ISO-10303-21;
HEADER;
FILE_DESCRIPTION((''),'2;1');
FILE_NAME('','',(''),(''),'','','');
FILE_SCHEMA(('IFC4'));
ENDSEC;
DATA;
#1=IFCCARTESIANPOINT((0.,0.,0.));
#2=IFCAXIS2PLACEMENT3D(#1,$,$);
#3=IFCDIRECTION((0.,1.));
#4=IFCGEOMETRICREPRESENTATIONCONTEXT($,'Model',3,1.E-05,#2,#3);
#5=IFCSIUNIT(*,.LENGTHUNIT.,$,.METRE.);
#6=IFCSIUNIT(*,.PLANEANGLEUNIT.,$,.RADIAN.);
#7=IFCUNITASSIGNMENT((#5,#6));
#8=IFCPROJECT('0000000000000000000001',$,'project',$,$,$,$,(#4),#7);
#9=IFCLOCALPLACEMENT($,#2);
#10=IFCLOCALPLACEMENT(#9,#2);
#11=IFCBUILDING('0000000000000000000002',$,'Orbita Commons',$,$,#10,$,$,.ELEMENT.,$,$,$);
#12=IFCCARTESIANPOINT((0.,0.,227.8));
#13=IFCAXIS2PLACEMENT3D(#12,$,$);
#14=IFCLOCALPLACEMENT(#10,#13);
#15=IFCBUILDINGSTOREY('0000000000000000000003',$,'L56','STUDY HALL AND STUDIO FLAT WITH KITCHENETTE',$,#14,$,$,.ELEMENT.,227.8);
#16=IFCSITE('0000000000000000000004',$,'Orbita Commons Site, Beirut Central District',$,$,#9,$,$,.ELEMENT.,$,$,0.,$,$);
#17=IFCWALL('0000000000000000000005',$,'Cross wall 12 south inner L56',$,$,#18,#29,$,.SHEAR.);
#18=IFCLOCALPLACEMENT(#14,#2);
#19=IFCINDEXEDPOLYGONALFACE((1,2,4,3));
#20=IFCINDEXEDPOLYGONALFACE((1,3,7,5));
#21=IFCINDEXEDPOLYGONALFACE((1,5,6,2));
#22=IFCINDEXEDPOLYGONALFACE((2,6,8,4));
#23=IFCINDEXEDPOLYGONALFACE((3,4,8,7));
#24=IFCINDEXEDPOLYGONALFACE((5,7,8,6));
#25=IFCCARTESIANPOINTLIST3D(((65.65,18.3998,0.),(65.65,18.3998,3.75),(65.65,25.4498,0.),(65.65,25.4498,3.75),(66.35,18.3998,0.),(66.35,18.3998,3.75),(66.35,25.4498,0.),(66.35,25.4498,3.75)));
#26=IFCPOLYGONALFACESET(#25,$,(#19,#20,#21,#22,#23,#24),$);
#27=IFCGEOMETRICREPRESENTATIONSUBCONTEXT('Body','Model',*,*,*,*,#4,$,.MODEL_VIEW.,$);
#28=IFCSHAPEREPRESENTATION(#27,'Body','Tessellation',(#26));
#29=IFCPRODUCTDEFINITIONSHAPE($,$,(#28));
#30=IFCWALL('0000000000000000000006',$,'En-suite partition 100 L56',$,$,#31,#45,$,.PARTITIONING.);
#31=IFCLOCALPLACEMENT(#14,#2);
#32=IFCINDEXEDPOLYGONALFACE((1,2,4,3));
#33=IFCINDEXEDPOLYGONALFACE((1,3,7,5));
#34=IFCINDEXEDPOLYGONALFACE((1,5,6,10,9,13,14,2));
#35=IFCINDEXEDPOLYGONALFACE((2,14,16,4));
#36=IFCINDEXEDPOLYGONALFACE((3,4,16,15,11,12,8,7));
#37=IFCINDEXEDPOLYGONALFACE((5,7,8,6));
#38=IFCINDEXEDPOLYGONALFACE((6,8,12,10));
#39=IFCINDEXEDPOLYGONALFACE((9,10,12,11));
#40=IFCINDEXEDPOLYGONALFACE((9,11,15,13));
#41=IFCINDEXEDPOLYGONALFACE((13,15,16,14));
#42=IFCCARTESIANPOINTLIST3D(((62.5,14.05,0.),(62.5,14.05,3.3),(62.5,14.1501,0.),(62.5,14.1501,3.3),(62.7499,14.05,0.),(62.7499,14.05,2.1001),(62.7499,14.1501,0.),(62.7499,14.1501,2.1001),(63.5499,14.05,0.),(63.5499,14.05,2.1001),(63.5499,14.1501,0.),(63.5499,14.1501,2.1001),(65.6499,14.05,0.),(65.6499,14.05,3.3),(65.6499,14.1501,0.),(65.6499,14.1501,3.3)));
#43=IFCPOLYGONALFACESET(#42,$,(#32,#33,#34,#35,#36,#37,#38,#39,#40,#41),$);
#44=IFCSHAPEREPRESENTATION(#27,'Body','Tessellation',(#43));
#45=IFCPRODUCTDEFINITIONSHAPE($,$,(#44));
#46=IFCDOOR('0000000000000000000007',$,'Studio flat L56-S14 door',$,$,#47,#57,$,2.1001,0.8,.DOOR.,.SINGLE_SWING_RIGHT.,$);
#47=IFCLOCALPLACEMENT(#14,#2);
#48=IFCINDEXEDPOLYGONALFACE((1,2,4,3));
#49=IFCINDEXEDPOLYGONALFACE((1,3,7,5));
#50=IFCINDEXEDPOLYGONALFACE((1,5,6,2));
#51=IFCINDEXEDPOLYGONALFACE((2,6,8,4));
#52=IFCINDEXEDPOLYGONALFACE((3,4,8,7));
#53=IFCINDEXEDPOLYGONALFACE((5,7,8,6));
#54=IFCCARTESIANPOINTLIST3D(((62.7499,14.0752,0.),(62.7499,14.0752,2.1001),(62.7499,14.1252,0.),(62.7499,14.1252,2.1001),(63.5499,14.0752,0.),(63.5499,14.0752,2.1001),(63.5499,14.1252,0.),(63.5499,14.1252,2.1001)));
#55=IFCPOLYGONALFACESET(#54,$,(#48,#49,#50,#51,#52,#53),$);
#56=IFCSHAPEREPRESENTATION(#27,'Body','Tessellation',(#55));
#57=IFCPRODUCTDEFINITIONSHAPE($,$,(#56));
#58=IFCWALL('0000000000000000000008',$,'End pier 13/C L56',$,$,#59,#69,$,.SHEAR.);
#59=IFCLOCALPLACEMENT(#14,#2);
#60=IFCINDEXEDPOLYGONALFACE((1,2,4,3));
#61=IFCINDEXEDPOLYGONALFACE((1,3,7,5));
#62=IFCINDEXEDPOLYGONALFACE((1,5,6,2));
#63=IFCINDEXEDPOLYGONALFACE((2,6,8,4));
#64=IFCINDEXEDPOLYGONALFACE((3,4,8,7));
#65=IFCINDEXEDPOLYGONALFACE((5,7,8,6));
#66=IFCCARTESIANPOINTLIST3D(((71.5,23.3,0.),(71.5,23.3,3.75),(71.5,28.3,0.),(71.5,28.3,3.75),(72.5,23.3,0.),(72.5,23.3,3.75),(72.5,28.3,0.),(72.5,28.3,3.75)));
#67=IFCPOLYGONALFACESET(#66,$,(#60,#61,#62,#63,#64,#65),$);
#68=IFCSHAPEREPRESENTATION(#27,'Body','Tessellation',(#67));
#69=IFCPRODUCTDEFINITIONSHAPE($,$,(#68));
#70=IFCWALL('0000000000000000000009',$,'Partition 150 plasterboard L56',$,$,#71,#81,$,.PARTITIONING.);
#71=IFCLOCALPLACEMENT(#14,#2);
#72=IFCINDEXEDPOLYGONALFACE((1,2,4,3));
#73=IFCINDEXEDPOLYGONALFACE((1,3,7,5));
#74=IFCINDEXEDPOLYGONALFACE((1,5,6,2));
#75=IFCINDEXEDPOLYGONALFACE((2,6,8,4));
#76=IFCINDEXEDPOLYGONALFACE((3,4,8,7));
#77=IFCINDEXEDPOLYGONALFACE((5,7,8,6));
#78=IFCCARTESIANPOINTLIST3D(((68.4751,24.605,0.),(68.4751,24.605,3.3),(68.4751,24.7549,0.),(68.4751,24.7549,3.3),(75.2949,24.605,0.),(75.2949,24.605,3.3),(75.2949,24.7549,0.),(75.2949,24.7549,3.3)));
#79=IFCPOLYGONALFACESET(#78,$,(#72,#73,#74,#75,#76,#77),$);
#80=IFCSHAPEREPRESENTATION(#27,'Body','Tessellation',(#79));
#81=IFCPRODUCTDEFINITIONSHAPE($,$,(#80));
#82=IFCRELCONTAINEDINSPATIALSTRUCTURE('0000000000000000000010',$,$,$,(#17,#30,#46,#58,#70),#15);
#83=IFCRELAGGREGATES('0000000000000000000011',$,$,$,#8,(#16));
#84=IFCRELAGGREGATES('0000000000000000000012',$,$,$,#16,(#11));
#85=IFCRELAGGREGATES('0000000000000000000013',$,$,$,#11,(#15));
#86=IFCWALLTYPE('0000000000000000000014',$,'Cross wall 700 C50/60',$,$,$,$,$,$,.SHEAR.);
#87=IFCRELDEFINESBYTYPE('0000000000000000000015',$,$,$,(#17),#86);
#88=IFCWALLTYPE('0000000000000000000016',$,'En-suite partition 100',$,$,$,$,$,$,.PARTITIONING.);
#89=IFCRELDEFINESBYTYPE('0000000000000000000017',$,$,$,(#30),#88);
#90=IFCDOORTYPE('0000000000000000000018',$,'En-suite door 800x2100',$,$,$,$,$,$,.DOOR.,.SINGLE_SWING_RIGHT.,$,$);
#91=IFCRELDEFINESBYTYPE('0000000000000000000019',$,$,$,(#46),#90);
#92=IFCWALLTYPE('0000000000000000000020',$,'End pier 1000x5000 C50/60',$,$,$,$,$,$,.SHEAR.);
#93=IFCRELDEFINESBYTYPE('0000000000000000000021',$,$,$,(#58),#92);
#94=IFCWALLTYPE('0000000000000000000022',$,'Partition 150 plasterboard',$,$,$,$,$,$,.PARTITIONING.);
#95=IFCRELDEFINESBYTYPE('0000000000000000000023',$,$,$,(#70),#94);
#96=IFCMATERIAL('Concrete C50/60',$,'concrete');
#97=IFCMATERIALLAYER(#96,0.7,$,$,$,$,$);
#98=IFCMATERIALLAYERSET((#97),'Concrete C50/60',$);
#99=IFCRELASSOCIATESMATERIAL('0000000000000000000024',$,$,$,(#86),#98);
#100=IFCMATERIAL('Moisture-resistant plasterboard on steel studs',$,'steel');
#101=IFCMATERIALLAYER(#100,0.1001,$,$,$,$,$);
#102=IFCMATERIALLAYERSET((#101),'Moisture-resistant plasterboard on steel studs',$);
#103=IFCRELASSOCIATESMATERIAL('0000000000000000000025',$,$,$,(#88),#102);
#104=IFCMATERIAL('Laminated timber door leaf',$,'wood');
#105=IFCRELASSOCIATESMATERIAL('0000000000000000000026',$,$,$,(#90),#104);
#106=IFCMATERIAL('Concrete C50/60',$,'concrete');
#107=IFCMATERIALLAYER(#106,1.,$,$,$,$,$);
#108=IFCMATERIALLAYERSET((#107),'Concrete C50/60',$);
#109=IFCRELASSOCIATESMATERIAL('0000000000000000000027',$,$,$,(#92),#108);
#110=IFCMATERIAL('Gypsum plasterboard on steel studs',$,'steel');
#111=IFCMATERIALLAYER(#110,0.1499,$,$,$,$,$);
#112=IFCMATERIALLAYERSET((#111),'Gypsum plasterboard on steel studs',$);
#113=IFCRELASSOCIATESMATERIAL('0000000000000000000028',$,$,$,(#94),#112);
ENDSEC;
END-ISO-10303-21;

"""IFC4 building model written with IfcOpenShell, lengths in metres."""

from ifc_helpers import new_model, si_unit, direction, frame, frame_2d, origin, place, context, subcontext, project, spatial, rectangle, extrude, material, layer, layer_set, type_object, element, fill, save


model = new_model("IFC4")

# Units and contexts
model_context = context("Model", 3, precision=1e-05, world=origin(), true_north=direction((0.0, 1.0)))
body_context = subcontext(model_context, "Body", "Model", "MODEL_VIEW")
ifc_project = project(units=[si_unit("LENGTHUNIT", "METRE"), si_unit("PLANEANGLEUNIT", "RADIAN")], contexts=[model_context])

# Site, building, storey
site_placement = place(None, origin())
site = spatial("IfcSite", under=ifc_project, at=site_placement, Name="Orbita Commons Site, Beirut Central District", CompositionType="ELEMENT", RefElevation=0.0)
building_placement = place(site_placement, origin())
building = spatial("IfcBuilding", under=site, at=building_placement, Name="Orbita Commons", CompositionType="ELEMENT")
storey_placement = place(building_placement, frame((0.0, 0.0, 227.8)))
storey = spatial("IfcBuildingStorey", under=building, at=storey_placement, Name="L56", Description="STUDY HALL AND STUDIO FLAT WITH KITCHENETTE", CompositionType="ELEMENT", Elevation=227.8)

# Wall
ifc_material_1 = material(Name="Concrete C50/60", Category="concrete")
ifc_layer_1 = layer(ifc_material_1, 0.7)
ifc_layer_set_1 = layer_set([ifc_layer_1], Name="Concrete C50/60")
wall_type_1 = type_object("IfcWallType", Name="Cross wall 700 C50/60", PredefinedType="SHEAR", material=ifc_layer_set_1)
wall_1_placement = place(storey_placement, frame((66.0, 18.3999, 0.0), z_axis=(0.0, 0.0, 1.0), x_axis=(0.0, 1.0, 0.0)))
element("IfcWall", 1, at=wall_1_placement, inside=storey, type_object=wall_type_1, Name="Cross wall 12 south inner L56", PredefinedType="SHEAR", context=body_context, shape_type="SweptSolid", body=[
    extrude(rectangle(XDim=7.05, YDim=0.7, at=frame_2d((3.5249, 0.0))), origin(), (0.0, 0.0, 1.0), 3.75),
])

# Wall, opening, door
ifc_material_2 = material(Name="Moisture-resistant plasterboard on steel studs", Category="steel")
ifc_layer_2 = layer(ifc_material_2, 0.1001)
ifc_layer_set_2 = layer_set([ifc_layer_2], Name="Moisture-resistant plasterboard on steel studs")
wall_type_2 = type_object("IfcWallType", Name="En-suite partition 100", PredefinedType="PARTITIONING", material=ifc_layer_set_2)
wall_2_placement = place(storey_placement, frame((65.6499, 14.1001, 0.0), z_axis=(0.0, 0.0, 1.0), x_axis=(-1.0, 0.0, 0.0)))
wall_2 = element("IfcWall", 2, at=wall_2_placement, inside=storey, type_object=wall_type_2, Name="En-suite partition 100 L56", PredefinedType="PARTITIONING", context=body_context, shape_type="SweptSolid", body=[
    extrude(rectangle(XDim=3.1499, YDim=0.1001, at=frame_2d((1.575, 0.0))), origin(), (0.0, 0.0, 1.0), 3.3),
])
opening_1_placement = place(wall_2_placement, frame((2.1001, 0.0, 0.0)))
opening_1 = element("IfcOpeningElement", 3, at=opening_1_placement, cuts=wall_2, PredefinedType="OPENING", context=body_context, shape_type="SweptSolid", body=[
    extrude(rectangle(XDim=0.8, YDim=2.1001, at=frame_2d((0.3999, 1.05))), frame((0.0, 0.0601, 0.0), z_axis=(0.0, -1.0, 0.0), x_axis=(1.0, 0.0, 0.0)), (0.0, 0.0, 1.0), 0.1201),
])
ifc_material_3 = material(Name="Laminated timber door leaf", Category="wood")
door_type_1 = type_object("IfcDoorType", Name="En-suite door 800x2100", OperationType="SINGLE_SWING_RIGHT", PredefinedType="DOOR", material=ifc_material_3)
door_1_placement = place(opening_1_placement, origin())
door_1 = element("IfcDoor", 4, at=door_1_placement, inside=storey, type_object=door_type_1, Name="Studio flat L56-S14 door", OperationType="SINGLE_SWING_RIGHT", OverallHeight=2.1001, OverallWidth=0.8, PredefinedType="DOOR", context=body_context, shape_type="SweptSolid", body=[
    extrude(rectangle(XDim=0.8, YDim=2.1001, at=frame_2d((0.3999, 1.05))), frame((0.0, 0.0249, 0.0), z_axis=(0.0, -1.0, 0.0), x_axis=(1.0, 0.0, 0.0)), (0.0, 0.0, 1.0), 0.05),
])
fill(opening_1, door_1)

# Walls
ifc_material_4 = material(Name="Concrete C50/60", Category="concrete")
ifc_layer_3 = layer(ifc_material_4, 1.0)
ifc_layer_set_3 = layer_set([ifc_layer_3], Name="Concrete C50/60")
wall_type_3 = type_object("IfcWallType", Name="End pier 1000x5000 C50/60", PredefinedType="SHEAR", material=ifc_layer_set_3)
wall_3_placement = place(storey_placement, frame((72.0, 23.3, 0.0), z_axis=(0.0, 0.0, 1.0), x_axis=(0.0, 1.0, 0.0)))
element("IfcWall", 5, at=wall_3_placement, inside=storey, type_object=wall_type_3, Name="End pier 13/C L56", PredefinedType="SHEAR", context=body_context, shape_type="SweptSolid", body=[
    extrude(rectangle(XDim=5.0, YDim=1.0, at=frame_2d((2.5, 0.0))), origin(), (0.0, 0.0, 1.0), 3.75),
])
ifc_material_5 = material(Name="Gypsum plasterboard on steel studs", Category="steel")
ifc_layer_4 = layer(ifc_material_5, 0.1499)
ifc_layer_set_4 = layer_set([ifc_layer_4], Name="Gypsum plasterboard on steel studs")
wall_type_4 = type_object("IfcWallType", Name="Partition 150 plasterboard", PredefinedType="PARTITIONING", material=ifc_layer_set_4)
wall_4_placement = place(storey_placement, frame((68.4751, 24.6799, 0.0), z_axis=(0.0, 0.0, 1.0), x_axis=(1.0, 0.0, 0.0)))
element("IfcWall", 6, at=wall_4_placement, inside=storey, type_object=wall_type_4, Name="Partition 150 plasterboard L56", PredefinedType="PARTITIONING", context=body_context, shape_type="SweptSolid", body=[
    extrude(rectangle(XDim=6.8198, YDim=0.1499, at=frame_2d((3.4099, 0.0))), origin(), (0.0, 0.0, 1.0), 3.3),
])

save(model, "model.ifc")
